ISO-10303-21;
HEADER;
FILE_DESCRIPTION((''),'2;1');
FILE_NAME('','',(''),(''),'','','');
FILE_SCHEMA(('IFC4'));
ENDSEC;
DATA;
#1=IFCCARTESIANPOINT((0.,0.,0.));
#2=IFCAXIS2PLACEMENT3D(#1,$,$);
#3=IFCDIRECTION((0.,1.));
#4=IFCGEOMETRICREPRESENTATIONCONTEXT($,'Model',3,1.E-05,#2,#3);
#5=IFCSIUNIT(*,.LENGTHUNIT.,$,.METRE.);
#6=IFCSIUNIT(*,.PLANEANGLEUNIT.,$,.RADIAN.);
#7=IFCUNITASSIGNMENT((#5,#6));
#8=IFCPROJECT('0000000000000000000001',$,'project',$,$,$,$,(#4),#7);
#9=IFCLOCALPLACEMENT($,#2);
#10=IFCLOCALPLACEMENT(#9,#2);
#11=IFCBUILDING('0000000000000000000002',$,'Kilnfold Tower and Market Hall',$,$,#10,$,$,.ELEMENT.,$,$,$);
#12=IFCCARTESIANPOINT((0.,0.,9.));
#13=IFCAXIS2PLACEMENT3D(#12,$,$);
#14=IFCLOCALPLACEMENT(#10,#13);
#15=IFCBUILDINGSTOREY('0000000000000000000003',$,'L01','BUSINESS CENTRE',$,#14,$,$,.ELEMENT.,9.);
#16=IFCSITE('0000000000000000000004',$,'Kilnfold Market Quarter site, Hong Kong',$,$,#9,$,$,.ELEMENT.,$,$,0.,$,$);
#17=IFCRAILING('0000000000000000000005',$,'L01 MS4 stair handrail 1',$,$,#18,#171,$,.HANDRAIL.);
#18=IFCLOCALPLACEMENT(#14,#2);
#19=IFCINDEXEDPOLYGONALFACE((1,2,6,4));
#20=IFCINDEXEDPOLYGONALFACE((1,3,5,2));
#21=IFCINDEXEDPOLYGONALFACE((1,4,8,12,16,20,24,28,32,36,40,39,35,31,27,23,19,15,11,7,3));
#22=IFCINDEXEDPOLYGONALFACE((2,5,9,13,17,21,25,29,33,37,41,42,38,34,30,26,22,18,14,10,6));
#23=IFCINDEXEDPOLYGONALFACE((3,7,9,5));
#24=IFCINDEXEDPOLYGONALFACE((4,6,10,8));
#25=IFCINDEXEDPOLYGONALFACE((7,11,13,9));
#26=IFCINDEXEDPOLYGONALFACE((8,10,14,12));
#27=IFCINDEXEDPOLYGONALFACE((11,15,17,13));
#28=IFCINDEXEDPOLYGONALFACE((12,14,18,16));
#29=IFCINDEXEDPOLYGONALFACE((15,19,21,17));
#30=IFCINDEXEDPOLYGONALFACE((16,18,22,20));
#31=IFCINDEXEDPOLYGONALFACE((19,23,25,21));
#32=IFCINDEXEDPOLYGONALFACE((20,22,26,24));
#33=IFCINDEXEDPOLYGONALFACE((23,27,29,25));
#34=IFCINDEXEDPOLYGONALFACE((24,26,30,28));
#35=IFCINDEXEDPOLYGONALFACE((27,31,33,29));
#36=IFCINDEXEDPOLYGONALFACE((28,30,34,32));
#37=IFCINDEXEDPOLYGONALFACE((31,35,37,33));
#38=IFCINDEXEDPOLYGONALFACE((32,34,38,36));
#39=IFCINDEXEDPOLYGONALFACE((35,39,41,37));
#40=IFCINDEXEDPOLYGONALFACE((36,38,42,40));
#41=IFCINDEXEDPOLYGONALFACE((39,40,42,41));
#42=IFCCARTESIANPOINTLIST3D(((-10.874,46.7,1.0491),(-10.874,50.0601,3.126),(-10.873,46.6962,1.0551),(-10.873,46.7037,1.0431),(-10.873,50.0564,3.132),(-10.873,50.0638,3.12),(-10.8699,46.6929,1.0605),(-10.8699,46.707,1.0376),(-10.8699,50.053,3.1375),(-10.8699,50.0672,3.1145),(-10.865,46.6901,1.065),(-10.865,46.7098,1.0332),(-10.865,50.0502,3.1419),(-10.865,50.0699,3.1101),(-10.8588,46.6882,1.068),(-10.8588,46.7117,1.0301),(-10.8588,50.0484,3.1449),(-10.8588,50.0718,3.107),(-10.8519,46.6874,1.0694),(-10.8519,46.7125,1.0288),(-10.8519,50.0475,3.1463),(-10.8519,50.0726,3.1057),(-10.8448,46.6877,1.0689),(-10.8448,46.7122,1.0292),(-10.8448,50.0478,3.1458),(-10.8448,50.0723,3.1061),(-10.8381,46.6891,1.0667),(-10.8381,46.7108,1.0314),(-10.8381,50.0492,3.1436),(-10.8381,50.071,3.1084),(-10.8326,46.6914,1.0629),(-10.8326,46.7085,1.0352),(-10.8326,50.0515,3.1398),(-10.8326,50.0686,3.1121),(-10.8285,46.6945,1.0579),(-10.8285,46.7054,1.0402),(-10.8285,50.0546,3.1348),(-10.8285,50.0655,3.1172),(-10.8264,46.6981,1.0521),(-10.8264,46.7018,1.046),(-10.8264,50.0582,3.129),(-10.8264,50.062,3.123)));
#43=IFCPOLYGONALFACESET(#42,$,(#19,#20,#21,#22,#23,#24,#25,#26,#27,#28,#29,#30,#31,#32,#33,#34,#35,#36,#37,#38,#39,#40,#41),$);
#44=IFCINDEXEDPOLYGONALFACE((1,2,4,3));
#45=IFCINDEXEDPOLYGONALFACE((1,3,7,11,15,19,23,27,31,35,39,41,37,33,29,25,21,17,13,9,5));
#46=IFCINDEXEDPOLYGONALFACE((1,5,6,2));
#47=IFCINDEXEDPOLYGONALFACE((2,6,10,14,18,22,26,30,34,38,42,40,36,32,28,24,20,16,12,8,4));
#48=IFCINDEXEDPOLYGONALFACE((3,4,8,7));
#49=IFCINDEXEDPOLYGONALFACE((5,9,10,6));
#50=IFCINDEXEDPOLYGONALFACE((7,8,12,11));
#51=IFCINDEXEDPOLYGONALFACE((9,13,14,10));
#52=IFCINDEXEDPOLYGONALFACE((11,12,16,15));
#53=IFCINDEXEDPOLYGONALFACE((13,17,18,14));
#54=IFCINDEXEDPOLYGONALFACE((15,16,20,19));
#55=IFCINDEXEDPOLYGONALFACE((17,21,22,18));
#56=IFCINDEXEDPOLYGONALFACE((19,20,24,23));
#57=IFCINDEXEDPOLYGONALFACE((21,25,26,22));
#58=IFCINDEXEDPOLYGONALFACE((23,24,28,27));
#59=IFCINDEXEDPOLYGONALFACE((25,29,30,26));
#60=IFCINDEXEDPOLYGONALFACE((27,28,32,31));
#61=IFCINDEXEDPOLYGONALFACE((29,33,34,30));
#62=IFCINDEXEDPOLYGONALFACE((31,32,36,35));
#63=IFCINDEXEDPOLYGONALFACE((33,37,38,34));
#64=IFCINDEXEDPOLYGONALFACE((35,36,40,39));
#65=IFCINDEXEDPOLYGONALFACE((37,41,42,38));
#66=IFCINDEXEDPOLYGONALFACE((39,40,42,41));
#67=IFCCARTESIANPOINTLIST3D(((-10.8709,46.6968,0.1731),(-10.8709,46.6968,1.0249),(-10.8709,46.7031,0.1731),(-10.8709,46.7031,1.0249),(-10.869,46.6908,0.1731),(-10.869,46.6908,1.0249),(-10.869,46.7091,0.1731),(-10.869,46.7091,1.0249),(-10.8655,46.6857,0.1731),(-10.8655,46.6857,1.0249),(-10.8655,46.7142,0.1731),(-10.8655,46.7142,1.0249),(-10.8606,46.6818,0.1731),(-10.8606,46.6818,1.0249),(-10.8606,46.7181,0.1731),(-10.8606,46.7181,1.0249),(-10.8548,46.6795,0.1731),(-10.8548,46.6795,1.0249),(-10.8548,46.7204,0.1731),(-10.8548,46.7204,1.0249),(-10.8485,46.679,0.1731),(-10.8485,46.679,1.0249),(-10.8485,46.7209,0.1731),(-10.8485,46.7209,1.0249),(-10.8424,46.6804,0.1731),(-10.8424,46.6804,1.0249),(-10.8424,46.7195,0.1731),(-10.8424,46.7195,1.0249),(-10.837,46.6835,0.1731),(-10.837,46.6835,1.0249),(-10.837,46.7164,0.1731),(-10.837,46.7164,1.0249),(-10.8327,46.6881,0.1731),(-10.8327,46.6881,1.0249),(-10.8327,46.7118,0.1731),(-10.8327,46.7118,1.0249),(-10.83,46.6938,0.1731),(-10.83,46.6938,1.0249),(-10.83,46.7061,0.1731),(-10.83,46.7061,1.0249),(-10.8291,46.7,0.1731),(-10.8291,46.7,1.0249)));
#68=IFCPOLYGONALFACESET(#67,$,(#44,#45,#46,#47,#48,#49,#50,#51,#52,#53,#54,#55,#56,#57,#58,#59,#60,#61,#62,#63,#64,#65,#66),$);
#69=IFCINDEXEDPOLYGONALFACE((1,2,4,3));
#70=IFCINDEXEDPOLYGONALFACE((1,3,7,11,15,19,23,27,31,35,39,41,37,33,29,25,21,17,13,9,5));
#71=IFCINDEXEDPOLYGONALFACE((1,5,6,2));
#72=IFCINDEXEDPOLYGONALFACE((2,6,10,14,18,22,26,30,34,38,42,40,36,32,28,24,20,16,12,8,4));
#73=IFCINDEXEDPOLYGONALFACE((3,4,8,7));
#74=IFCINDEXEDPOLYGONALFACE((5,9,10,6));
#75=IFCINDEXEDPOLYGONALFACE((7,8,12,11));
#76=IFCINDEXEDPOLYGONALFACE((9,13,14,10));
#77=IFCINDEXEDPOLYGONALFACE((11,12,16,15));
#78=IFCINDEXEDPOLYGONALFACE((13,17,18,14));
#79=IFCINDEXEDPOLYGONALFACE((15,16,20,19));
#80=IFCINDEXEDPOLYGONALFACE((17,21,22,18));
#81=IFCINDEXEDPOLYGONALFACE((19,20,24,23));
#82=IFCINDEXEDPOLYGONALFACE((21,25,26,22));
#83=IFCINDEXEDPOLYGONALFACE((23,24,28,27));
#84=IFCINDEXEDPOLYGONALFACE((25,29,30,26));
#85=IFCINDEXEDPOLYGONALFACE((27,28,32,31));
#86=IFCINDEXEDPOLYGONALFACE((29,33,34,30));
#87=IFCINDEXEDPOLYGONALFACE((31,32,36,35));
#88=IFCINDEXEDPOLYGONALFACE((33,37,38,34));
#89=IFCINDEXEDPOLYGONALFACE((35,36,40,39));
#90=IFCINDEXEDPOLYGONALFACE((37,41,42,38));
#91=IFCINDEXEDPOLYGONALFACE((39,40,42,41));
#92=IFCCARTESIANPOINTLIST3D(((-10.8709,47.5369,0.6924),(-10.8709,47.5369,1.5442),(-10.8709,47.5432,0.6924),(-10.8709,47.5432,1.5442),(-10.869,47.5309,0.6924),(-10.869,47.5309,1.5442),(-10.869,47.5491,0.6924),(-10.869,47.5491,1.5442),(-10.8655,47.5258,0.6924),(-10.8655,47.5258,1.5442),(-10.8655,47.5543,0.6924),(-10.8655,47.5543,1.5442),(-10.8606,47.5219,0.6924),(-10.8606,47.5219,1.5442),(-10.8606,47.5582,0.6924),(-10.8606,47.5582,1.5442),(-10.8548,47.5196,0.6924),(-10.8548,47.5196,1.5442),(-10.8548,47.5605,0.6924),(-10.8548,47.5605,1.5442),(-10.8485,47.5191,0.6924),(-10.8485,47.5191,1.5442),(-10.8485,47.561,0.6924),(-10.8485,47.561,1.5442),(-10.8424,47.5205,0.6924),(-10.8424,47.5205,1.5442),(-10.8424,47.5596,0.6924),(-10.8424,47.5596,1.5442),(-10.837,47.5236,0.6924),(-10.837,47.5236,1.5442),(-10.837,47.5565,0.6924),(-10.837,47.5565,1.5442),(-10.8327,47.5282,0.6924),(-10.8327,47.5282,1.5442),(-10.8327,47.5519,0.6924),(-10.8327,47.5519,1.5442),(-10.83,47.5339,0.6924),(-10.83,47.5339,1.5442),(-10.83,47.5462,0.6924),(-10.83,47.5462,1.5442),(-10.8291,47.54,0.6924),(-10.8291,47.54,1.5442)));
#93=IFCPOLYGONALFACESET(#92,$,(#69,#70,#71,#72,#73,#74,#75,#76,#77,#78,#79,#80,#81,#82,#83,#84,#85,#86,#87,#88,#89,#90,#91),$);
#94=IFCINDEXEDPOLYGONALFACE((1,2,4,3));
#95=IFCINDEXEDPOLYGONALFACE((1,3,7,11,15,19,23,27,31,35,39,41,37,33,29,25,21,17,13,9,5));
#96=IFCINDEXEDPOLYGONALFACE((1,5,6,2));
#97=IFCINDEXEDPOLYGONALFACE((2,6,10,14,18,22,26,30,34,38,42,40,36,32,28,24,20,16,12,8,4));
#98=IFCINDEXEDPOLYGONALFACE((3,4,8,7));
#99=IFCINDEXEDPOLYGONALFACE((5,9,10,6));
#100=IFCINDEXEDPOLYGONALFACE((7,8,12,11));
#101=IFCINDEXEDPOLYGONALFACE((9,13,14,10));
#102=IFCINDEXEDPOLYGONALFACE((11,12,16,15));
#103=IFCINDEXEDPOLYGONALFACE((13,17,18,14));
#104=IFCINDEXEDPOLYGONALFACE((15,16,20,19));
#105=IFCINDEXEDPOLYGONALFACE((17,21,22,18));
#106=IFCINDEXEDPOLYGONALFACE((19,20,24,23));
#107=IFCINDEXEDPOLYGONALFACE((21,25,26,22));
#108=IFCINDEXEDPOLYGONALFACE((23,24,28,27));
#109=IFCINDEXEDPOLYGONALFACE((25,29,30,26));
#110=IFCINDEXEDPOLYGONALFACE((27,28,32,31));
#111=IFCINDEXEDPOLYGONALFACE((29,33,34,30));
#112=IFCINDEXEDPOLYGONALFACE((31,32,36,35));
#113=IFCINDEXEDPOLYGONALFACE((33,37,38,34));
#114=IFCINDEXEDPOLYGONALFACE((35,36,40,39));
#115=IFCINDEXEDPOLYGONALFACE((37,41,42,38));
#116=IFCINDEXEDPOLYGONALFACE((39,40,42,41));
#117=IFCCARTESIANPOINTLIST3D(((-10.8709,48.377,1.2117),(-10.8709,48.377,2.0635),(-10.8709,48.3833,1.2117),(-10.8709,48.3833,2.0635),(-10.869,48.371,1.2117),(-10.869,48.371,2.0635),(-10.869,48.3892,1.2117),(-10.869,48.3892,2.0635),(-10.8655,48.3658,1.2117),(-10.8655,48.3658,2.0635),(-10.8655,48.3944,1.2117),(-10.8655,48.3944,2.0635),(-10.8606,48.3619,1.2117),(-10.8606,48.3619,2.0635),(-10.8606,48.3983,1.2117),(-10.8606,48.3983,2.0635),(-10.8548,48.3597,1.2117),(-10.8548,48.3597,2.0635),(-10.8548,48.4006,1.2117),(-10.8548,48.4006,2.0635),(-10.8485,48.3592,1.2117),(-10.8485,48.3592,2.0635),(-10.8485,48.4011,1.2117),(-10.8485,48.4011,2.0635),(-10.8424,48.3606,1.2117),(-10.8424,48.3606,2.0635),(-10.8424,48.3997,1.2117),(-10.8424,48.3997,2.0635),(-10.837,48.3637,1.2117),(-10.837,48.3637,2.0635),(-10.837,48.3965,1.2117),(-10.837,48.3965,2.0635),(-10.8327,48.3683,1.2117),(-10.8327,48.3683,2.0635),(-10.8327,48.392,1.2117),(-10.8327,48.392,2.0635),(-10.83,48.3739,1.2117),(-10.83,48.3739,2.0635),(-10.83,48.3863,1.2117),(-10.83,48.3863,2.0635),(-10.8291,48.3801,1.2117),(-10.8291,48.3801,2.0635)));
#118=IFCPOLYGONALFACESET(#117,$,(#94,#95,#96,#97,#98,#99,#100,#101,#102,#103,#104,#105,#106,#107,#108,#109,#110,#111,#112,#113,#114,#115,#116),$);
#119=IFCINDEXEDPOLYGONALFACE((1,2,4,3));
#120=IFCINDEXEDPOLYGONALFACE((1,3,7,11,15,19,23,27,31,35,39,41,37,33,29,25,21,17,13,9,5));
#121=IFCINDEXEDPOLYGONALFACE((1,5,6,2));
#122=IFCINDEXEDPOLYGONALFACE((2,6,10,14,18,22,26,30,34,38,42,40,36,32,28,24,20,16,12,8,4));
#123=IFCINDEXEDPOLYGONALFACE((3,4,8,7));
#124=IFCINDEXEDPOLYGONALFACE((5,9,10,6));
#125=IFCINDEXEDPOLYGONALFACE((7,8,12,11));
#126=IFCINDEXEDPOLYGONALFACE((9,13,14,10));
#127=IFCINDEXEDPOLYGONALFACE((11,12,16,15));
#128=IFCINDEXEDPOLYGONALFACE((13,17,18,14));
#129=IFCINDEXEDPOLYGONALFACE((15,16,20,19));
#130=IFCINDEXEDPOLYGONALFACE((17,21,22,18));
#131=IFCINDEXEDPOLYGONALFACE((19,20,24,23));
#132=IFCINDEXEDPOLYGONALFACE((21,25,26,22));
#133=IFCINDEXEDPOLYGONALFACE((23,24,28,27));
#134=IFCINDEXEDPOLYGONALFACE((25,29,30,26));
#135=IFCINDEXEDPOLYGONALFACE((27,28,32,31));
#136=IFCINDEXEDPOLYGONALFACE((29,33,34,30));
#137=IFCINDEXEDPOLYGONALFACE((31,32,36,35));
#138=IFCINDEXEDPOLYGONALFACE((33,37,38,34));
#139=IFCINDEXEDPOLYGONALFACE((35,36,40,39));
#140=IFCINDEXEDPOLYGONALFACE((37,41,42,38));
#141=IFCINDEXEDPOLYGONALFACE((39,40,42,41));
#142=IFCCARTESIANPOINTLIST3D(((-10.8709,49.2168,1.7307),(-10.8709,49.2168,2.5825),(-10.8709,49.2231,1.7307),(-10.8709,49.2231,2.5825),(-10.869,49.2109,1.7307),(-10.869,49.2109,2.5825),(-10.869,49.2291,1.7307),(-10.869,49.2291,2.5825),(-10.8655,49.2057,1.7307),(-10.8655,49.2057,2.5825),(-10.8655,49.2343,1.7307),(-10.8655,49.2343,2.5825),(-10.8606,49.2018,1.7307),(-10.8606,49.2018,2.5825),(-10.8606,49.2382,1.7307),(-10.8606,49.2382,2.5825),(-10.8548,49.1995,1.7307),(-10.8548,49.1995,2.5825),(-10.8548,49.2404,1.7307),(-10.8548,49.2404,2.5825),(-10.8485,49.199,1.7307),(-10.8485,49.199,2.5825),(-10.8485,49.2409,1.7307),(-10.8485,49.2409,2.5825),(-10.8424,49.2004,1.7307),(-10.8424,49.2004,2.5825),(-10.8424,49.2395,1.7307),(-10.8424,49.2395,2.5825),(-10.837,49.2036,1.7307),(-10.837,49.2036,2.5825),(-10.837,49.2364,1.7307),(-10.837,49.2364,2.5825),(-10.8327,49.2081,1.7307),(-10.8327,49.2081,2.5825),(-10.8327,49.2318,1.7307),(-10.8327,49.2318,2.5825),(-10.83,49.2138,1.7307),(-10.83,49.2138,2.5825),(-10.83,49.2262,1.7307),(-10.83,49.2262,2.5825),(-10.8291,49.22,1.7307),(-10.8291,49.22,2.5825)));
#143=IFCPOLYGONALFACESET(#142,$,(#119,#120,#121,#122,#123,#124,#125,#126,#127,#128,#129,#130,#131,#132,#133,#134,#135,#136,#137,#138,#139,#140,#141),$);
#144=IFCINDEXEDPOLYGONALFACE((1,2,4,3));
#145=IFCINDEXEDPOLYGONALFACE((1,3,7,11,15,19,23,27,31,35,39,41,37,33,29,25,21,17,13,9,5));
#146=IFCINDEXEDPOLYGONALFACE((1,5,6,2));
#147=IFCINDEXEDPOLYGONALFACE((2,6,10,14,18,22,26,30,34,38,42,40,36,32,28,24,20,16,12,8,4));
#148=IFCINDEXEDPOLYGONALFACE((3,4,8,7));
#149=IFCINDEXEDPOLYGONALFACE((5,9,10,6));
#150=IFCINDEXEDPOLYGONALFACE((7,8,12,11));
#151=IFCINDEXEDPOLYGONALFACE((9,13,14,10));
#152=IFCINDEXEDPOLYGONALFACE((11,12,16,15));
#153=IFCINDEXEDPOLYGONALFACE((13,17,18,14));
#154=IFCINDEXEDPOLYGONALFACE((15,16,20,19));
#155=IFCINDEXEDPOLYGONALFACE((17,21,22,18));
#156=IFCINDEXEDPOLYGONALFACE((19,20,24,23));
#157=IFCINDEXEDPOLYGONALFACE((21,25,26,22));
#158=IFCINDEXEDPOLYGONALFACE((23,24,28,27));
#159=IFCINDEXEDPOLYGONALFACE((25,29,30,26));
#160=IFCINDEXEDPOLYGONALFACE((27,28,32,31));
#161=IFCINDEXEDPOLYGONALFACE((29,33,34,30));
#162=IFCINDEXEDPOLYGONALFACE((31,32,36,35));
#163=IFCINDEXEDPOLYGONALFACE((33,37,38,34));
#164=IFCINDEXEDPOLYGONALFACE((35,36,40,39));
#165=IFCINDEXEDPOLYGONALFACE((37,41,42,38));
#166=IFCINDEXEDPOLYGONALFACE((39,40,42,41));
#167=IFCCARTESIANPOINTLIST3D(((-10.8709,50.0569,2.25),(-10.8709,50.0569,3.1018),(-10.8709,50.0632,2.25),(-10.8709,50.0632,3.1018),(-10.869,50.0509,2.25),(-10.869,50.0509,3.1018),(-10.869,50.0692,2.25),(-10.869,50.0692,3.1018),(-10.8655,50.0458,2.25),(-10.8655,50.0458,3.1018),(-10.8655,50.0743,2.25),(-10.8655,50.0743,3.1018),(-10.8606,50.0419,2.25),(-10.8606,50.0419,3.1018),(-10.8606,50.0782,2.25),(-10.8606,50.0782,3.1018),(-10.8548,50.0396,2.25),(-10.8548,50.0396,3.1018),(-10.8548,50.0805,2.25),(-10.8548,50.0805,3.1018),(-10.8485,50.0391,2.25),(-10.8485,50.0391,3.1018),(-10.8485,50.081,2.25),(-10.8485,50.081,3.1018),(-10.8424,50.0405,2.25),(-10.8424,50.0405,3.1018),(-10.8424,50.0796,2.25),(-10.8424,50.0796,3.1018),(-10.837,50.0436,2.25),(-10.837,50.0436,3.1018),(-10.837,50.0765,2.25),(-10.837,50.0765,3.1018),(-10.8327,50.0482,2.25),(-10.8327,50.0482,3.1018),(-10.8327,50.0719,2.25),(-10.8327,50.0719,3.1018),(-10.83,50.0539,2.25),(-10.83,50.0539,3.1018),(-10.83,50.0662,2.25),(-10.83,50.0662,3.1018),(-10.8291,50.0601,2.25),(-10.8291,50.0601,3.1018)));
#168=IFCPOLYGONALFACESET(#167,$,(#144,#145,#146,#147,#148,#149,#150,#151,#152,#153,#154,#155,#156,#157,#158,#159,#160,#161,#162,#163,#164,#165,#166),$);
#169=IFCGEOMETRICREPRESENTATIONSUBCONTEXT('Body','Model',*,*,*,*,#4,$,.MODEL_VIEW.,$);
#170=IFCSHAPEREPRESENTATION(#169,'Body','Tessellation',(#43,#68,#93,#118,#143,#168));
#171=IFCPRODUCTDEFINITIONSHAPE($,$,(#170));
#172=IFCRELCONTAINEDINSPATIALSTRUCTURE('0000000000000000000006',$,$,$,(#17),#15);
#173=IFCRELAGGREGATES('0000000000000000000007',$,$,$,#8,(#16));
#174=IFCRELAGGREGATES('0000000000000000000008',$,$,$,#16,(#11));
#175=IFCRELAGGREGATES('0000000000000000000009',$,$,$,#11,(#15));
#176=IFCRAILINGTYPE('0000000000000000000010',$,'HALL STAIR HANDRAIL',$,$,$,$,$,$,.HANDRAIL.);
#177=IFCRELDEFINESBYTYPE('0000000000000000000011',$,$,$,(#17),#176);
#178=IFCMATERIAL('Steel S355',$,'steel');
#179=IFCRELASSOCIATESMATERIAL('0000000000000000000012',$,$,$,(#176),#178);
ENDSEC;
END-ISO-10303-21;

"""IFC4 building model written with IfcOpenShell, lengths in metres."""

from ifc_helpers import new_model, si_unit, direction, frame, origin, origin_2d, place, context, subcontext, project, spatial, circle, extrude, material, type_object, element, save


model = new_model("IFC4")

# Units and contexts
model_context = context("Model", 3, precision=1e-05, world=origin(), true_north=direction((0.0, 1.0)))
body_context = subcontext(model_context, "Body", "Model", "MODEL_VIEW")
ifc_project = project(units=[si_unit("LENGTHUNIT", "METRE"), si_unit("PLANEANGLEUNIT", "RADIAN")], contexts=[model_context])

# Site, building, storey
site_placement = place(None, origin())
site = spatial("IfcSite", under=ifc_project, at=site_placement, Name="Kilnfold Market Quarter site, Hong Kong", CompositionType="ELEMENT", RefElevation=0.0)
building_placement = place(site_placement, origin())
building = spatial("IfcBuilding", under=site, at=building_placement, Name="Kilnfold Tower and Market Hall", CompositionType="ELEMENT")
storey_placement = place(building_placement, frame((0.0, 0.0, 9.0)))
storey = spatial("IfcBuildingStorey", under=building, at=storey_placement, Name="L01", Description="BUSINESS CENTRE", CompositionType="ELEMENT", Elevation=9.0)

# Railing
ifc_material_1 = material(Name="Steel S355", Category="steel")
railing_type_1 = type_object("IfcRailingType", Name="HALL STAIR HANDRAIL", PredefinedType="HANDRAIL", material=ifc_material_1)
railing_1_placement = place(storey_placement, frame((-10.8501, 46.7, 0.1731)))
element("IfcRailing", 1, at=railing_1_placement, inside=storey, type_object=railing_type_1, Name="L01 MS4 stair handrail 1", PredefinedType="HANDRAIL", context=body_context, shape_type="SweptSolid", body=[
    extrude(circle(Radius=0.0239, at=origin_2d()), frame((0.0, 0.0, 0.876), z_axis=(0.0, 0.850623, 0.525776), x_axis=(-1.0, 0.0, 0.0)), (0.0, 0.0, 1.0), 3.9502),
    extrude(circle(Radius=0.021, at=origin_2d()), origin(), (0.0, 0.0, 1.0), 0.8518),
    extrude(circle(Radius=0.021, at=origin_2d()), frame((0.0, 0.8401, 0.5193)), (0.0, 0.0, 1.0), 0.8518),
    extrude(circle(Radius=0.021, at=origin_2d()), frame((0.0, 1.6802, 1.0386)), (0.0, 0.0, 1.0), 0.8518),
    extrude(circle(Radius=0.021, at=origin_2d()), frame((0.0, 2.52, 1.5576)), (0.0, 0.0, 1.0), 0.8518),
    extrude(circle(Radius=0.021, at=origin_2d()), frame((0.0, 3.3601, 2.0769)), (0.0, 0.0, 1.0), 0.8518),
])

save(model, "model.ifc")
